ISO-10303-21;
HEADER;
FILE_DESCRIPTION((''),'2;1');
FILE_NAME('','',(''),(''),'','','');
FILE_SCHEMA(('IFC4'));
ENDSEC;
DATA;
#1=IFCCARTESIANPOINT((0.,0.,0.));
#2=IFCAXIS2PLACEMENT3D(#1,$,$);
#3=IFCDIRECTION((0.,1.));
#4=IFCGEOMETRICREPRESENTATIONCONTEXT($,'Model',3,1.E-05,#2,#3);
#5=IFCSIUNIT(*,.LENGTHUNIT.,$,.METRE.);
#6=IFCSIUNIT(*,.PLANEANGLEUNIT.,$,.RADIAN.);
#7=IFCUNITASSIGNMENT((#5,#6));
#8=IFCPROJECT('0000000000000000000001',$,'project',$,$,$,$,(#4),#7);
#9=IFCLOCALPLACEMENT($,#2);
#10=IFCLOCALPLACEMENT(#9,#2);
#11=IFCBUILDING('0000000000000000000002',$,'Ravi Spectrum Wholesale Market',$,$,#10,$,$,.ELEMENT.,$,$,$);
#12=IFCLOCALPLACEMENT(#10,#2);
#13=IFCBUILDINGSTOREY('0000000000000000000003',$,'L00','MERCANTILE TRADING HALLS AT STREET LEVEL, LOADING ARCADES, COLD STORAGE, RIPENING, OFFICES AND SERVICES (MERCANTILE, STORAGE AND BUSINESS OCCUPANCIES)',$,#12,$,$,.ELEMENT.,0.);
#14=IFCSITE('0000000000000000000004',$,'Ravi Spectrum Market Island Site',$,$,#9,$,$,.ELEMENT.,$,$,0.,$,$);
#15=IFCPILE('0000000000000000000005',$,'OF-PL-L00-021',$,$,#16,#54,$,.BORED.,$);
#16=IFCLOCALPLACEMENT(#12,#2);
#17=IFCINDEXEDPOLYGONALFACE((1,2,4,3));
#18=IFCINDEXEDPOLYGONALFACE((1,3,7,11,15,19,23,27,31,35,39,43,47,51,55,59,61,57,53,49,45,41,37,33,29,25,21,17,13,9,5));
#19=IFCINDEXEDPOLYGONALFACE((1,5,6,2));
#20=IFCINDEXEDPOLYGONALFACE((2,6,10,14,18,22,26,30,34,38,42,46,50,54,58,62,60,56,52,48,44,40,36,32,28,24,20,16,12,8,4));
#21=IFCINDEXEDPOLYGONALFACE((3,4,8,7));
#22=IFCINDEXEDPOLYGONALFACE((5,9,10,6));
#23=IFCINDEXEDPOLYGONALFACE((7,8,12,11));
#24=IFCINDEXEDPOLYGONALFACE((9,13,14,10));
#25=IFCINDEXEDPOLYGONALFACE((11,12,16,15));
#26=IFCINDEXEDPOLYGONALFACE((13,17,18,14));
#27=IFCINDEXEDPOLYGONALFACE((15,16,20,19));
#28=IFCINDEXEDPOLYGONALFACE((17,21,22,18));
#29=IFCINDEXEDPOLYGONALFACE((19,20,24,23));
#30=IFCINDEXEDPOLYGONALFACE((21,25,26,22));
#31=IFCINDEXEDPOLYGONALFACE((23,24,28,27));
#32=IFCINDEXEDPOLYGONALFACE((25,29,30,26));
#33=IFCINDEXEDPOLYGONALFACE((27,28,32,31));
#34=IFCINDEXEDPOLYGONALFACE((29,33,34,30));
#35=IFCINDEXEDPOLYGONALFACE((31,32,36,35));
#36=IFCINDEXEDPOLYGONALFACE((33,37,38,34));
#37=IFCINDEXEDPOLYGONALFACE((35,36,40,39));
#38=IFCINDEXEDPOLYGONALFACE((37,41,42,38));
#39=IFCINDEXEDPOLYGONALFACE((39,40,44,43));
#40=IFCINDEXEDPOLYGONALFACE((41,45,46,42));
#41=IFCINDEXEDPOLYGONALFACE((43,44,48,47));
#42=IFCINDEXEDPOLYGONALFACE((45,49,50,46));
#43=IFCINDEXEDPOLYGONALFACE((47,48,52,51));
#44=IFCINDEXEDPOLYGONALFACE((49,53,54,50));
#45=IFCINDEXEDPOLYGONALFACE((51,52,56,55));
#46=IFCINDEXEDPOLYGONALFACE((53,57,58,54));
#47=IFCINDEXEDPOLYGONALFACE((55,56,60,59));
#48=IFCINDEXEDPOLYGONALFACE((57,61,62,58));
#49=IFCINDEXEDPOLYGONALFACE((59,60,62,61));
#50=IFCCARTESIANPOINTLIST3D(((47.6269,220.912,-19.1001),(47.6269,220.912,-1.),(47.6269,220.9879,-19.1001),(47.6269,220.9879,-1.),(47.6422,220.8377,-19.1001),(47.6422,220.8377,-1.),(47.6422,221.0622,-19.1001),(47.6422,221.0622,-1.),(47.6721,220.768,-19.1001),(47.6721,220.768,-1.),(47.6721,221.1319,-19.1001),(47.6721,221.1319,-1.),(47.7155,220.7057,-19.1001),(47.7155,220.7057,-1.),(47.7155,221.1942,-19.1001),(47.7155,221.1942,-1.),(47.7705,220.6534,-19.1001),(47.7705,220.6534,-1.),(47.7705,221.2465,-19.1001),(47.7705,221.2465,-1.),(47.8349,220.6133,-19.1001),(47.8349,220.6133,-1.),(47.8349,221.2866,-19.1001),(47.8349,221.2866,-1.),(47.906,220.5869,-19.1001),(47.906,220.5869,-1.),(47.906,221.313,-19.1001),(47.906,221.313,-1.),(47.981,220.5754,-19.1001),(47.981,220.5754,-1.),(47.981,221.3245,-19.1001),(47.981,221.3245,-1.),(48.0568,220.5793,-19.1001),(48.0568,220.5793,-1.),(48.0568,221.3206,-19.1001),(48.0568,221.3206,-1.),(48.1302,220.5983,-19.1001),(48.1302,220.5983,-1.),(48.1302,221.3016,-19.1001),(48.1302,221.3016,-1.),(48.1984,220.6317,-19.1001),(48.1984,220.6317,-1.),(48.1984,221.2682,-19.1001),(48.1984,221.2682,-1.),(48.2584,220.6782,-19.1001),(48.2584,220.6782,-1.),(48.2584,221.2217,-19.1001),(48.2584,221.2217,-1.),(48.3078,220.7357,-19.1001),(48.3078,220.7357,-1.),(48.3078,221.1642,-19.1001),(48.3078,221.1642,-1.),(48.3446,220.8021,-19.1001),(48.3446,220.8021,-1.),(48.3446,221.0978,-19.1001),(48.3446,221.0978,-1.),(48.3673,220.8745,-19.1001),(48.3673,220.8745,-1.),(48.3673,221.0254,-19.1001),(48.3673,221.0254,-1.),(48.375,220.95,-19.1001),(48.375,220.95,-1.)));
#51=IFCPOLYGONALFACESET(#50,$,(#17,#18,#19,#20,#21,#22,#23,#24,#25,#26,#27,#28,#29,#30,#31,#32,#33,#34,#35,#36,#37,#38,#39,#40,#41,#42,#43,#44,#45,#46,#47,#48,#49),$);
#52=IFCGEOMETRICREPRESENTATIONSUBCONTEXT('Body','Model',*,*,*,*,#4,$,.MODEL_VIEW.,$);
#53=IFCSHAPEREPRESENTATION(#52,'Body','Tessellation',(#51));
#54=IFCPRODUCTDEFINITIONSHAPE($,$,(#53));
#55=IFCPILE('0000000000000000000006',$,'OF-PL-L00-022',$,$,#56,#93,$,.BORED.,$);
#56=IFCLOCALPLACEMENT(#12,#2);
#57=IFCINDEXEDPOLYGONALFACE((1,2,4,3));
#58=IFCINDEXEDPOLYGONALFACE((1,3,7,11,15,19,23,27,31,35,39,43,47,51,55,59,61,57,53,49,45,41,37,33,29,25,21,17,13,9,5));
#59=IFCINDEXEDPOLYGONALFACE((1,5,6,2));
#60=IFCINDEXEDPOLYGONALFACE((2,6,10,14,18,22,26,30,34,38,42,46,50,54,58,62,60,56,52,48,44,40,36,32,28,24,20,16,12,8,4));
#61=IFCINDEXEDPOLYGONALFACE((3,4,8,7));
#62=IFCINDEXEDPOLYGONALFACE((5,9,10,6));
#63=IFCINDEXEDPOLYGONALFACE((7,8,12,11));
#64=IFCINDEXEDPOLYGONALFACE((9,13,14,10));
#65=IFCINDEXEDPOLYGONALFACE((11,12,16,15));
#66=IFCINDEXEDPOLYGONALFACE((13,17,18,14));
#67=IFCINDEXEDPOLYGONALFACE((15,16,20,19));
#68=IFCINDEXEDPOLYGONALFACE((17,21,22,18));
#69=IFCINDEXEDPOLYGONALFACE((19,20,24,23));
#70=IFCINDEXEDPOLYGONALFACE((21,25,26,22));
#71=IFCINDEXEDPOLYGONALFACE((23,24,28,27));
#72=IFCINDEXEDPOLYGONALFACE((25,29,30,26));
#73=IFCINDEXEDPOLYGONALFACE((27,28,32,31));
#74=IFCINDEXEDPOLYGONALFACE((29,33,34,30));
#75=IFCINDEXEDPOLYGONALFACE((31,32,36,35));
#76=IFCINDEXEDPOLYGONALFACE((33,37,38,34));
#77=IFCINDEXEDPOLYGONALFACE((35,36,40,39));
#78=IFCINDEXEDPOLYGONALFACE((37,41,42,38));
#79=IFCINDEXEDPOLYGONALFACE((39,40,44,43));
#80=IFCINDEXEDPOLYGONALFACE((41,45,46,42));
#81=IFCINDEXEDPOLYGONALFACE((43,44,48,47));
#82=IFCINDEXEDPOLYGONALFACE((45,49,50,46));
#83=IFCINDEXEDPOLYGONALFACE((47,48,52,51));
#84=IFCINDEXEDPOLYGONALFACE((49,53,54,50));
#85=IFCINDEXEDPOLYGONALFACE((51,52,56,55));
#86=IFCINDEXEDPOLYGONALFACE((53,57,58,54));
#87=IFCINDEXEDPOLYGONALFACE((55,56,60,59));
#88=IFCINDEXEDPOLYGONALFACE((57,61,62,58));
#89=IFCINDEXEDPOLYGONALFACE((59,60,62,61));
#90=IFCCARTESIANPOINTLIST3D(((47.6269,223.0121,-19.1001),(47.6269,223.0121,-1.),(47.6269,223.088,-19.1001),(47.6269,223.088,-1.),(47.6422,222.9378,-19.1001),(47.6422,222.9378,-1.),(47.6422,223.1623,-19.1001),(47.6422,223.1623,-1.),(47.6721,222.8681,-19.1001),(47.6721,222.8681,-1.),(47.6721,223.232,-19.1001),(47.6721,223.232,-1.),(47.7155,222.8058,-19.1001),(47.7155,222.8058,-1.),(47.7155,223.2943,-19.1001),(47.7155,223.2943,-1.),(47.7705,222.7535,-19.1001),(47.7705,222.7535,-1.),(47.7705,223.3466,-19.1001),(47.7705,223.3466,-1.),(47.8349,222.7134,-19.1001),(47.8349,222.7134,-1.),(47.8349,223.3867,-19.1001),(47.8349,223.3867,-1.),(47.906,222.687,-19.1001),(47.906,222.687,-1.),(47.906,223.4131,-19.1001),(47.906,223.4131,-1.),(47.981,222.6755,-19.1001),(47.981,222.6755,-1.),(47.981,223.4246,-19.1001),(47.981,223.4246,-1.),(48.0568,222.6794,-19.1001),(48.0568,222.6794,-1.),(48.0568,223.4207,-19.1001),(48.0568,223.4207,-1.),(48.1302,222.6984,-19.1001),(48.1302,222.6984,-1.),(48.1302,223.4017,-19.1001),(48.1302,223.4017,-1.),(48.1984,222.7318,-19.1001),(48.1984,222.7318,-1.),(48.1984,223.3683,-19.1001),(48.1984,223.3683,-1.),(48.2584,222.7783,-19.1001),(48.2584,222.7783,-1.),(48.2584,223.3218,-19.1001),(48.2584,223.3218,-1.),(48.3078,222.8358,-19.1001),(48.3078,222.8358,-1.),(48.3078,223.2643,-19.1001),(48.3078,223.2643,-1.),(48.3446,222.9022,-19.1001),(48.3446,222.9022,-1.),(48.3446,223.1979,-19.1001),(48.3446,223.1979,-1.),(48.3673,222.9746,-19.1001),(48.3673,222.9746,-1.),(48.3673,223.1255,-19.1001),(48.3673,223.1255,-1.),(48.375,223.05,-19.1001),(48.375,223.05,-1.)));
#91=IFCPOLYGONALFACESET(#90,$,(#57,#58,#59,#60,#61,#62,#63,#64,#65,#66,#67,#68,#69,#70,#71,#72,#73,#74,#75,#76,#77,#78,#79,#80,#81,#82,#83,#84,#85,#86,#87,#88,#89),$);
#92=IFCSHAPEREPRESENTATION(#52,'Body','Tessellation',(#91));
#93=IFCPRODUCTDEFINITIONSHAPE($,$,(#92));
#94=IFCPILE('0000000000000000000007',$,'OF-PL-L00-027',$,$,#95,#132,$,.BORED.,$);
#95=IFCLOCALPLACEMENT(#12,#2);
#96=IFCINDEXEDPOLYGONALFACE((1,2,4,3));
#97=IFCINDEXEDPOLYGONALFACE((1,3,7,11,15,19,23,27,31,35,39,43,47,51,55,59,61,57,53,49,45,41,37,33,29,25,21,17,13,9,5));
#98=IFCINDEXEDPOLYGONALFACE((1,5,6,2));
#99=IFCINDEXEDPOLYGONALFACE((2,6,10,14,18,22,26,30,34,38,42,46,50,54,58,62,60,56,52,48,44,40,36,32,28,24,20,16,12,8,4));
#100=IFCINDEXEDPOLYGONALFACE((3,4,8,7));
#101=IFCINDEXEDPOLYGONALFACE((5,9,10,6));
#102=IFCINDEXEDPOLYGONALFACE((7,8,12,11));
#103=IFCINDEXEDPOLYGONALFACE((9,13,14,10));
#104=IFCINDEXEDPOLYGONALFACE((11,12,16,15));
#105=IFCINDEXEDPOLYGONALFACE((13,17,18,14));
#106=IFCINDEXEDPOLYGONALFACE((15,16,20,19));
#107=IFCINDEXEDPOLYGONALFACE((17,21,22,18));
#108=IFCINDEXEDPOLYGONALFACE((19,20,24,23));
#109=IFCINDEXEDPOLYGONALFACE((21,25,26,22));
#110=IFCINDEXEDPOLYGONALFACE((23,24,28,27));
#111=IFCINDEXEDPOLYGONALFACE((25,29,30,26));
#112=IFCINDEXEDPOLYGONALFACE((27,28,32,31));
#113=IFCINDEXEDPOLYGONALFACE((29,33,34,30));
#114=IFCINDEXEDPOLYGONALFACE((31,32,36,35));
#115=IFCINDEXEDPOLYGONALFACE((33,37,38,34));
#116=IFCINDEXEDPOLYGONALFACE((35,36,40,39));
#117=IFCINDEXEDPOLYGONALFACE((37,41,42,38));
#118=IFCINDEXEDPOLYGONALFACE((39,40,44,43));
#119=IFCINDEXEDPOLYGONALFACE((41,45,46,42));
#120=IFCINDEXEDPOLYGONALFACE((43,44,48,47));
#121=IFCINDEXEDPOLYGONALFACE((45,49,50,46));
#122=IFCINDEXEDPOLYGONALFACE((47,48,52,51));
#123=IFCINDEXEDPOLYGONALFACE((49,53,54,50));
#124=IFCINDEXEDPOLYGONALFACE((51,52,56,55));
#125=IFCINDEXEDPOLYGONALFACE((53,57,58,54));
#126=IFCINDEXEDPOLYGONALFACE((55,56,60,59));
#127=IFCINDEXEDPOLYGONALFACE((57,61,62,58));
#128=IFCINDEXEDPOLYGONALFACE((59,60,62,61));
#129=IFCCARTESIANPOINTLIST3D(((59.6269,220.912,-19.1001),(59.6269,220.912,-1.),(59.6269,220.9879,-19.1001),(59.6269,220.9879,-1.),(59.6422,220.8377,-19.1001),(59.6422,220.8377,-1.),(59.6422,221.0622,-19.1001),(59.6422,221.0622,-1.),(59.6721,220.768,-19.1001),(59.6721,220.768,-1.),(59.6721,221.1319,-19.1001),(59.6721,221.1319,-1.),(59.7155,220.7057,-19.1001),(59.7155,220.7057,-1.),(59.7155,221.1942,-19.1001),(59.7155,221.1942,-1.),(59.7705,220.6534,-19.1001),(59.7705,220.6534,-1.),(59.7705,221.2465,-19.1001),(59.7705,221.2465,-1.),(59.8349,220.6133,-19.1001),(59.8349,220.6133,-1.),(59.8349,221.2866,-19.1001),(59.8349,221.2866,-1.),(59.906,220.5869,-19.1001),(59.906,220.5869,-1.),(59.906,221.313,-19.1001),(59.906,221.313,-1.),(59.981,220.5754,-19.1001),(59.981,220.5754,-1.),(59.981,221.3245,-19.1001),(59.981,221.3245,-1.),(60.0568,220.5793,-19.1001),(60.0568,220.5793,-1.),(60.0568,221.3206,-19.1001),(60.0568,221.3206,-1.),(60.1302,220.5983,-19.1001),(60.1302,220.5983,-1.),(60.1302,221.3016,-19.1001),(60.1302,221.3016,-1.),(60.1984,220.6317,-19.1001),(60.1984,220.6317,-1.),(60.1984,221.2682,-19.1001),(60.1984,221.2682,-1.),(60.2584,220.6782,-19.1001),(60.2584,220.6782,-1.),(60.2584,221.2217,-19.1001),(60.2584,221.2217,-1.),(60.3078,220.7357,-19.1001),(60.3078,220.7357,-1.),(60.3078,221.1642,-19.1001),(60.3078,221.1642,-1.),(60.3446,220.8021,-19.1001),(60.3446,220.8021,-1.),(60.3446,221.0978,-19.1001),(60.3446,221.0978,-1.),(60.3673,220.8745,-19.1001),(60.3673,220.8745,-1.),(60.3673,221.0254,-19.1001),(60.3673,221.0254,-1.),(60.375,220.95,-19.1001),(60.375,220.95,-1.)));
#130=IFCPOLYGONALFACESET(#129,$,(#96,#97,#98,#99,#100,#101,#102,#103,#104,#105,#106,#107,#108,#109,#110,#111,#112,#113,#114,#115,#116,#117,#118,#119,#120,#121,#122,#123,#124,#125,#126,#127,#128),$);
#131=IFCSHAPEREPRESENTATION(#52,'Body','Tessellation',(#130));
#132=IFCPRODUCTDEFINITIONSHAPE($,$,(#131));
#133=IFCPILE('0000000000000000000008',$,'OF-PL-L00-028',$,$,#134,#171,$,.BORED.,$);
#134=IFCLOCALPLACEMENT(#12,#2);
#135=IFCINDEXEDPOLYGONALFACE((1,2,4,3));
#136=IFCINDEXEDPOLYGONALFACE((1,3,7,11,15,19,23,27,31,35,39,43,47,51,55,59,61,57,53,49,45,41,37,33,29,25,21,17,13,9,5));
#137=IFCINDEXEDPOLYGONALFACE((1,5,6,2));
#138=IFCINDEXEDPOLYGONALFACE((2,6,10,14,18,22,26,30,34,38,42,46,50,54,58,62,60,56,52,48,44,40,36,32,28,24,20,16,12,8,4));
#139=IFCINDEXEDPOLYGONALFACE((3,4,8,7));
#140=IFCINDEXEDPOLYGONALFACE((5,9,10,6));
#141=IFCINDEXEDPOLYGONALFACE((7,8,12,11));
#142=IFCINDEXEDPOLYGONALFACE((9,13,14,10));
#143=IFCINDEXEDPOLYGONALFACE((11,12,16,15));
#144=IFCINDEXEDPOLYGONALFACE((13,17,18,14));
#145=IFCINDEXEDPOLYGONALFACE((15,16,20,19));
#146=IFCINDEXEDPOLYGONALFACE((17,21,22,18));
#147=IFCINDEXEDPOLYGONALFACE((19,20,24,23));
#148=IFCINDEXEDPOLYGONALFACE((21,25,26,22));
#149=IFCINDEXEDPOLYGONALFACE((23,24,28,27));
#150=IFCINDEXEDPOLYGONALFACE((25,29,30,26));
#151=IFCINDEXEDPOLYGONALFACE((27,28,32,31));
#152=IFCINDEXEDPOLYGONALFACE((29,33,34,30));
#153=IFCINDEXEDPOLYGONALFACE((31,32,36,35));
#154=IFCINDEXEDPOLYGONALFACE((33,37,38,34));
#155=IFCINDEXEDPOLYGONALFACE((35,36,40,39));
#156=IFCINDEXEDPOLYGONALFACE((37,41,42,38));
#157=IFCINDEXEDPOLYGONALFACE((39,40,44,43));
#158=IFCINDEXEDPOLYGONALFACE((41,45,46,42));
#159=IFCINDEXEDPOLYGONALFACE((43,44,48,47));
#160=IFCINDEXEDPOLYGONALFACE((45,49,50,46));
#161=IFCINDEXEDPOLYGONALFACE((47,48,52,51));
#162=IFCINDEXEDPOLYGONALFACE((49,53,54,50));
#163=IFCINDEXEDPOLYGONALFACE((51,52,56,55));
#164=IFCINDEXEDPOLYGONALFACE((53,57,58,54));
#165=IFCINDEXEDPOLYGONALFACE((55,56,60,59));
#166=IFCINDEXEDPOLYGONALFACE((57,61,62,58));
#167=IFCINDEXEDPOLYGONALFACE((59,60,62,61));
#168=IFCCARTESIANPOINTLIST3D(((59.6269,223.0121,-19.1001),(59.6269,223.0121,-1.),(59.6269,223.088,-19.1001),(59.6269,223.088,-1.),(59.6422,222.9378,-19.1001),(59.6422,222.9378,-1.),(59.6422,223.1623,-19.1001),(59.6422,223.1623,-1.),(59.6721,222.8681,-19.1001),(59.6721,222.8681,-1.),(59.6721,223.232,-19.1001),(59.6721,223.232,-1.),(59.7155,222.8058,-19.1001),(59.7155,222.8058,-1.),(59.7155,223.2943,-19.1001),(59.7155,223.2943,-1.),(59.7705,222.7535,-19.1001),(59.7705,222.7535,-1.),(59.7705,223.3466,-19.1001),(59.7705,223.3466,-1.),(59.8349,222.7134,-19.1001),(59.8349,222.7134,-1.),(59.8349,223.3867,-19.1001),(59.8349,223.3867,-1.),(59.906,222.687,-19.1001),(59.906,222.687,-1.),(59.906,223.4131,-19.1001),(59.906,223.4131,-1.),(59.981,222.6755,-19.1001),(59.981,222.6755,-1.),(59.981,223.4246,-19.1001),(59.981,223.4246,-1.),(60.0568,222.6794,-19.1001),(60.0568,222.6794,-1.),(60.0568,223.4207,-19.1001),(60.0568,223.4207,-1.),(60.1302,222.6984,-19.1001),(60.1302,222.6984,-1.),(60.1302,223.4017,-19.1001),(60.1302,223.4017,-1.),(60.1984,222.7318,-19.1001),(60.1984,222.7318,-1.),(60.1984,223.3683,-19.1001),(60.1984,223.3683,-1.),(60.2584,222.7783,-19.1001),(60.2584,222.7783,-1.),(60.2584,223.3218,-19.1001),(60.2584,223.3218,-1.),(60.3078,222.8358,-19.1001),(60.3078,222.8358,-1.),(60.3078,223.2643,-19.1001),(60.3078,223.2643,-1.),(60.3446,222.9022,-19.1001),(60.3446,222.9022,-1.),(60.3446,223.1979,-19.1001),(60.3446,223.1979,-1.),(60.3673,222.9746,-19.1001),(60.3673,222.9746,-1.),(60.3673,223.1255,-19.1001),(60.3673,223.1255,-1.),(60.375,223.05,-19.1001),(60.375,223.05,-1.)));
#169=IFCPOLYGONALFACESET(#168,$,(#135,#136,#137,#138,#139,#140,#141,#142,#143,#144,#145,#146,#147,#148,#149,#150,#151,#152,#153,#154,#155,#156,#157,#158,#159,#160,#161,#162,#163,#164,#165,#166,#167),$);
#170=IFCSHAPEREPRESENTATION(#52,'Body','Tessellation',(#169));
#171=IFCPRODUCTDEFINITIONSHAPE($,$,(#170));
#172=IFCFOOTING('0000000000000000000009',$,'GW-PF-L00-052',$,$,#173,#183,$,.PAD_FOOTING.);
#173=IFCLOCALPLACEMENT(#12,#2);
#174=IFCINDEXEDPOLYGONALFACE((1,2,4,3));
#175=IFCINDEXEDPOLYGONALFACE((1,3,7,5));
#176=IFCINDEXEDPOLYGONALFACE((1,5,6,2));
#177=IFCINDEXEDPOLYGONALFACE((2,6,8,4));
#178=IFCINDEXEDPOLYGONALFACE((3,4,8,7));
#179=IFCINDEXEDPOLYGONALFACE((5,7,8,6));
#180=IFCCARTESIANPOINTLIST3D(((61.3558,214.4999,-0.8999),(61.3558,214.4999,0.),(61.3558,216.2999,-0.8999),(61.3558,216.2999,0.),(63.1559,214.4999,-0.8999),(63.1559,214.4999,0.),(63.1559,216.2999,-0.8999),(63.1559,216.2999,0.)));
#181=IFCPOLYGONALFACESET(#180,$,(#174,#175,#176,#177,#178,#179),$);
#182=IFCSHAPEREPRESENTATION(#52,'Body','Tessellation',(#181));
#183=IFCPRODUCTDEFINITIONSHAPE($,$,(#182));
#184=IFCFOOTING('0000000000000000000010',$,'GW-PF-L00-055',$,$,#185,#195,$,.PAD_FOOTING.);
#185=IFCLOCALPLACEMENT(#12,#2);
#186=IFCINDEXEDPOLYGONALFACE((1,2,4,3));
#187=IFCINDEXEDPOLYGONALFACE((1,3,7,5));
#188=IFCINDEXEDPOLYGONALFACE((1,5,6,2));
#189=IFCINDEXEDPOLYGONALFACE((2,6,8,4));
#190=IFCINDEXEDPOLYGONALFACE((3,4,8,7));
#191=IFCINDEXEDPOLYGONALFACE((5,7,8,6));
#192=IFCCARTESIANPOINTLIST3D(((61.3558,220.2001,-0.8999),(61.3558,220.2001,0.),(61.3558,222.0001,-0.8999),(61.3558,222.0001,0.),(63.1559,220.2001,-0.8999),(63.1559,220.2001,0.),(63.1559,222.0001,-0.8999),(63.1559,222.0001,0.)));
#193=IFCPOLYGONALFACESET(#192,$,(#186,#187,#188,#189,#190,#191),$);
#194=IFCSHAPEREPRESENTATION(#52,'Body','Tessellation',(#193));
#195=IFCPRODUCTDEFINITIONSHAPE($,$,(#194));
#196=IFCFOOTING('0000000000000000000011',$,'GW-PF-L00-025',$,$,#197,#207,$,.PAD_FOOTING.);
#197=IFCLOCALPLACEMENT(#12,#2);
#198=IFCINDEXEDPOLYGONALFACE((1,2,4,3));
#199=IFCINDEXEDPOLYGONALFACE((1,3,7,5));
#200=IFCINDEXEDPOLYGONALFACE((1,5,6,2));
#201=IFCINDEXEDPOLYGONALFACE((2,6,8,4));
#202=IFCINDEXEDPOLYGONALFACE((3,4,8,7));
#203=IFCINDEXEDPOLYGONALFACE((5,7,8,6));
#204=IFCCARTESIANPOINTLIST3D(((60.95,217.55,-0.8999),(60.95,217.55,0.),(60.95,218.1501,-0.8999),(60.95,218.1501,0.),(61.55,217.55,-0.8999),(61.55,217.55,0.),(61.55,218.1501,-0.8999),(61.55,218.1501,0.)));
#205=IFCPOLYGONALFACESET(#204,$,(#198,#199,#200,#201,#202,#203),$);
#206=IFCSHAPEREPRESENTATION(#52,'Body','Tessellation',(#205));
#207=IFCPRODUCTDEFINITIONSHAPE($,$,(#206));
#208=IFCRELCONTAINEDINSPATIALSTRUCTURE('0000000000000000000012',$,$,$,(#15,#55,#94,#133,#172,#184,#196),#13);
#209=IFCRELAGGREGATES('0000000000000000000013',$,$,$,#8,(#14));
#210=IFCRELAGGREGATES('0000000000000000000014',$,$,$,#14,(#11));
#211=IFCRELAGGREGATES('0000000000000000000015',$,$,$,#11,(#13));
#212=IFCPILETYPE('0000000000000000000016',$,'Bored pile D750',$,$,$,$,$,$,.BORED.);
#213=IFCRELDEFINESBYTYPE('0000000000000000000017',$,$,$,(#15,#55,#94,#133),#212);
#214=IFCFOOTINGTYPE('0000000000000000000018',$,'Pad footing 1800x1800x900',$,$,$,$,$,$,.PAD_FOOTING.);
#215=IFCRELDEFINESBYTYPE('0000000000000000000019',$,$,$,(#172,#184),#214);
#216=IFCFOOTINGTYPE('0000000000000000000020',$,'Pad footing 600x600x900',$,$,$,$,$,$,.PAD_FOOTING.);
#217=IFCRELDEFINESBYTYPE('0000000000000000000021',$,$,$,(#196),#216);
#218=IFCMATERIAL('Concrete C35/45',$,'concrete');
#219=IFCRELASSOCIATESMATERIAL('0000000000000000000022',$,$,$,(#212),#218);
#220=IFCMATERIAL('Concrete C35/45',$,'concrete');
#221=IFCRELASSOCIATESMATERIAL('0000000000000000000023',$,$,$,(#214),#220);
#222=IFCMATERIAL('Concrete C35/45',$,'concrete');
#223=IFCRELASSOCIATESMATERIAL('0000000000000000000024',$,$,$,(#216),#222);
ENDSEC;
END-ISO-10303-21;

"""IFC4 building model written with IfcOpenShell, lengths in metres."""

from ifc_helpers import new_model, si_unit, direction, frame, origin, origin_2d, place, context, subcontext, project, spatial, rectangle, circle, extrude, material, material_profile, profile_set, type_object, element, save


model = new_model("IFC4")

# Units and contexts
model_context = context("Model", 3, precision=1e-05, world=origin(), true_north=direction((0.0, 1.0)))
body_context = subcontext(model_context, "Body", "Model", "MODEL_VIEW")
ifc_project = project(units=[si_unit("LENGTHUNIT", "METRE"), si_unit("PLANEANGLEUNIT", "RADIAN")], contexts=[model_context])

# Site, building, storey
site_placement = place(None, origin())
site = spatial("IfcSite", under=ifc_project, at=site_placement, Name="Ravi Spectrum Market Island Site", CompositionType="ELEMENT", RefElevation=0.0)
building_placement = place(site_placement, origin())
building = spatial("IfcBuilding", under=site, at=building_placement, Name="Ravi Spectrum Wholesale Market", CompositionType="ELEMENT")
storey_placement = place(building_placement, origin())
storey = spatial("IfcBuildingStorey", under=building, at=storey_placement, Name="L00", Description="MERCANTILE TRADING HALLS AT STREET LEVEL, LOADING ARCADES, COLD STORAGE, RIPENING, OFFICES AND SERVICES (MERCANTILE, STORAGE AND BUSINESS OCCUPANCIES)", CompositionType="ELEMENT", Elevation=0.0)

# Piles
ifc_material_1 = material(Name="Concrete C35/45", Category="concrete")
ifc_material_profile_1 = material_profile(ifc_material_1, circle(Radius=0.375, at=origin_2d()))
ifc_profile_set_1 = profile_set([ifc_material_profile_1], Name="Concrete C35/45")
pile_type = type_object("IfcPileType", Name="Bored pile D750", PredefinedType="BORED", material=ifc_profile_set_1)
for number, where, z_axis, x_axis, name in (
    (1, (48.0, 220.95, -1.0), (0.0, 0.0, -1.0), (1.0, 0.0, 0.0), "OF-PL-L00-021"),
    (2, (48.0, 223.05, -1.0), (0.0, 0.0, -1.0), (1.0, 0.0, 0.0), "OF-PL-L00-022"),
    (3, (60.0, 220.95, -1.0), (0.0, 0.0, -1.0), (1.0, 0.0, 0.0), "OF-PL-L00-027"),
    (4, (60.0, 223.05, -1.0), (0.0, 0.0, -1.0), (1.0, 0.0, 0.0), "OF-PL-L00-028"),
):
    element("IfcPile", number, at=place(storey_placement, frame(where, z_axis=z_axis, x_axis=x_axis)), inside=storey, type_object=pile_type, Name=name, PredefinedType="BORED", context=body_context, shape_type="SweptSolid", body=[
        extrude(circle(Radius=0.375, at=origin_2d()), origin(), (0.0, 0.0, 1.0), 18.1001),
    ])

# Footings
ifc_material_2 = material(Name="Concrete C35/45", Category="concrete")
footing_type_1 = type_object("IfcFootingType", Name="Pad footing 1800x1800x900", PredefinedType="PAD_FOOTING", material=ifc_material_2)
for number, where, z_axis, x_axis, name in (
    (5, (62.2559, 215.3999, -0.8999), (0.0, 0.0, 1.0), (1.0, 0.0, 0.0), "GW-PF-L00-052"),
    (6, (62.2559, 221.1001, -0.8999), (0.0, 0.0, 1.0), (1.0, 0.0, 0.0), "GW-PF-L00-055"),
):
    element("IfcFooting", number, at=place(storey_placement, frame(where, z_axis=z_axis, x_axis=x_axis)), inside=storey, type_object=footing_type_1, Name=name, PredefinedType="PAD_FOOTING", context=body_context, shape_type="SweptSolid", body=[
        extrude(rectangle(XDim=1.8, YDim=1.8, at=origin_2d()), origin(), (0.0, 0.0, 1.0), 0.8999),
    ])
ifc_material_3 = material(Name="Concrete C35/45", Category="concrete")
footing_type_2 = type_object("IfcFootingType", Name="Pad footing 600x600x900", PredefinedType="PAD_FOOTING", material=ifc_material_3)
for number, where, z_axis, x_axis, name in (
    (7, (61.25, 217.8501, -0.8999), (0.0, 0.0, 1.0), (1.0, 0.0, 0.0), "GW-PF-L00-025"),
):
    element("IfcFooting", number, at=place(storey_placement, frame(where, z_axis=z_axis, x_axis=x_axis)), inside=storey, type_object=footing_type_2, Name=name, PredefinedType="PAD_FOOTING", context=body_context, shape_type="SweptSolid", body=[
        extrude(rectangle(XDim=0.6001, YDim=0.6001, at=origin_2d()), origin(), (0.0, 0.0, 1.0), 0.8999),
    ])

save(model, "model.ifc")
